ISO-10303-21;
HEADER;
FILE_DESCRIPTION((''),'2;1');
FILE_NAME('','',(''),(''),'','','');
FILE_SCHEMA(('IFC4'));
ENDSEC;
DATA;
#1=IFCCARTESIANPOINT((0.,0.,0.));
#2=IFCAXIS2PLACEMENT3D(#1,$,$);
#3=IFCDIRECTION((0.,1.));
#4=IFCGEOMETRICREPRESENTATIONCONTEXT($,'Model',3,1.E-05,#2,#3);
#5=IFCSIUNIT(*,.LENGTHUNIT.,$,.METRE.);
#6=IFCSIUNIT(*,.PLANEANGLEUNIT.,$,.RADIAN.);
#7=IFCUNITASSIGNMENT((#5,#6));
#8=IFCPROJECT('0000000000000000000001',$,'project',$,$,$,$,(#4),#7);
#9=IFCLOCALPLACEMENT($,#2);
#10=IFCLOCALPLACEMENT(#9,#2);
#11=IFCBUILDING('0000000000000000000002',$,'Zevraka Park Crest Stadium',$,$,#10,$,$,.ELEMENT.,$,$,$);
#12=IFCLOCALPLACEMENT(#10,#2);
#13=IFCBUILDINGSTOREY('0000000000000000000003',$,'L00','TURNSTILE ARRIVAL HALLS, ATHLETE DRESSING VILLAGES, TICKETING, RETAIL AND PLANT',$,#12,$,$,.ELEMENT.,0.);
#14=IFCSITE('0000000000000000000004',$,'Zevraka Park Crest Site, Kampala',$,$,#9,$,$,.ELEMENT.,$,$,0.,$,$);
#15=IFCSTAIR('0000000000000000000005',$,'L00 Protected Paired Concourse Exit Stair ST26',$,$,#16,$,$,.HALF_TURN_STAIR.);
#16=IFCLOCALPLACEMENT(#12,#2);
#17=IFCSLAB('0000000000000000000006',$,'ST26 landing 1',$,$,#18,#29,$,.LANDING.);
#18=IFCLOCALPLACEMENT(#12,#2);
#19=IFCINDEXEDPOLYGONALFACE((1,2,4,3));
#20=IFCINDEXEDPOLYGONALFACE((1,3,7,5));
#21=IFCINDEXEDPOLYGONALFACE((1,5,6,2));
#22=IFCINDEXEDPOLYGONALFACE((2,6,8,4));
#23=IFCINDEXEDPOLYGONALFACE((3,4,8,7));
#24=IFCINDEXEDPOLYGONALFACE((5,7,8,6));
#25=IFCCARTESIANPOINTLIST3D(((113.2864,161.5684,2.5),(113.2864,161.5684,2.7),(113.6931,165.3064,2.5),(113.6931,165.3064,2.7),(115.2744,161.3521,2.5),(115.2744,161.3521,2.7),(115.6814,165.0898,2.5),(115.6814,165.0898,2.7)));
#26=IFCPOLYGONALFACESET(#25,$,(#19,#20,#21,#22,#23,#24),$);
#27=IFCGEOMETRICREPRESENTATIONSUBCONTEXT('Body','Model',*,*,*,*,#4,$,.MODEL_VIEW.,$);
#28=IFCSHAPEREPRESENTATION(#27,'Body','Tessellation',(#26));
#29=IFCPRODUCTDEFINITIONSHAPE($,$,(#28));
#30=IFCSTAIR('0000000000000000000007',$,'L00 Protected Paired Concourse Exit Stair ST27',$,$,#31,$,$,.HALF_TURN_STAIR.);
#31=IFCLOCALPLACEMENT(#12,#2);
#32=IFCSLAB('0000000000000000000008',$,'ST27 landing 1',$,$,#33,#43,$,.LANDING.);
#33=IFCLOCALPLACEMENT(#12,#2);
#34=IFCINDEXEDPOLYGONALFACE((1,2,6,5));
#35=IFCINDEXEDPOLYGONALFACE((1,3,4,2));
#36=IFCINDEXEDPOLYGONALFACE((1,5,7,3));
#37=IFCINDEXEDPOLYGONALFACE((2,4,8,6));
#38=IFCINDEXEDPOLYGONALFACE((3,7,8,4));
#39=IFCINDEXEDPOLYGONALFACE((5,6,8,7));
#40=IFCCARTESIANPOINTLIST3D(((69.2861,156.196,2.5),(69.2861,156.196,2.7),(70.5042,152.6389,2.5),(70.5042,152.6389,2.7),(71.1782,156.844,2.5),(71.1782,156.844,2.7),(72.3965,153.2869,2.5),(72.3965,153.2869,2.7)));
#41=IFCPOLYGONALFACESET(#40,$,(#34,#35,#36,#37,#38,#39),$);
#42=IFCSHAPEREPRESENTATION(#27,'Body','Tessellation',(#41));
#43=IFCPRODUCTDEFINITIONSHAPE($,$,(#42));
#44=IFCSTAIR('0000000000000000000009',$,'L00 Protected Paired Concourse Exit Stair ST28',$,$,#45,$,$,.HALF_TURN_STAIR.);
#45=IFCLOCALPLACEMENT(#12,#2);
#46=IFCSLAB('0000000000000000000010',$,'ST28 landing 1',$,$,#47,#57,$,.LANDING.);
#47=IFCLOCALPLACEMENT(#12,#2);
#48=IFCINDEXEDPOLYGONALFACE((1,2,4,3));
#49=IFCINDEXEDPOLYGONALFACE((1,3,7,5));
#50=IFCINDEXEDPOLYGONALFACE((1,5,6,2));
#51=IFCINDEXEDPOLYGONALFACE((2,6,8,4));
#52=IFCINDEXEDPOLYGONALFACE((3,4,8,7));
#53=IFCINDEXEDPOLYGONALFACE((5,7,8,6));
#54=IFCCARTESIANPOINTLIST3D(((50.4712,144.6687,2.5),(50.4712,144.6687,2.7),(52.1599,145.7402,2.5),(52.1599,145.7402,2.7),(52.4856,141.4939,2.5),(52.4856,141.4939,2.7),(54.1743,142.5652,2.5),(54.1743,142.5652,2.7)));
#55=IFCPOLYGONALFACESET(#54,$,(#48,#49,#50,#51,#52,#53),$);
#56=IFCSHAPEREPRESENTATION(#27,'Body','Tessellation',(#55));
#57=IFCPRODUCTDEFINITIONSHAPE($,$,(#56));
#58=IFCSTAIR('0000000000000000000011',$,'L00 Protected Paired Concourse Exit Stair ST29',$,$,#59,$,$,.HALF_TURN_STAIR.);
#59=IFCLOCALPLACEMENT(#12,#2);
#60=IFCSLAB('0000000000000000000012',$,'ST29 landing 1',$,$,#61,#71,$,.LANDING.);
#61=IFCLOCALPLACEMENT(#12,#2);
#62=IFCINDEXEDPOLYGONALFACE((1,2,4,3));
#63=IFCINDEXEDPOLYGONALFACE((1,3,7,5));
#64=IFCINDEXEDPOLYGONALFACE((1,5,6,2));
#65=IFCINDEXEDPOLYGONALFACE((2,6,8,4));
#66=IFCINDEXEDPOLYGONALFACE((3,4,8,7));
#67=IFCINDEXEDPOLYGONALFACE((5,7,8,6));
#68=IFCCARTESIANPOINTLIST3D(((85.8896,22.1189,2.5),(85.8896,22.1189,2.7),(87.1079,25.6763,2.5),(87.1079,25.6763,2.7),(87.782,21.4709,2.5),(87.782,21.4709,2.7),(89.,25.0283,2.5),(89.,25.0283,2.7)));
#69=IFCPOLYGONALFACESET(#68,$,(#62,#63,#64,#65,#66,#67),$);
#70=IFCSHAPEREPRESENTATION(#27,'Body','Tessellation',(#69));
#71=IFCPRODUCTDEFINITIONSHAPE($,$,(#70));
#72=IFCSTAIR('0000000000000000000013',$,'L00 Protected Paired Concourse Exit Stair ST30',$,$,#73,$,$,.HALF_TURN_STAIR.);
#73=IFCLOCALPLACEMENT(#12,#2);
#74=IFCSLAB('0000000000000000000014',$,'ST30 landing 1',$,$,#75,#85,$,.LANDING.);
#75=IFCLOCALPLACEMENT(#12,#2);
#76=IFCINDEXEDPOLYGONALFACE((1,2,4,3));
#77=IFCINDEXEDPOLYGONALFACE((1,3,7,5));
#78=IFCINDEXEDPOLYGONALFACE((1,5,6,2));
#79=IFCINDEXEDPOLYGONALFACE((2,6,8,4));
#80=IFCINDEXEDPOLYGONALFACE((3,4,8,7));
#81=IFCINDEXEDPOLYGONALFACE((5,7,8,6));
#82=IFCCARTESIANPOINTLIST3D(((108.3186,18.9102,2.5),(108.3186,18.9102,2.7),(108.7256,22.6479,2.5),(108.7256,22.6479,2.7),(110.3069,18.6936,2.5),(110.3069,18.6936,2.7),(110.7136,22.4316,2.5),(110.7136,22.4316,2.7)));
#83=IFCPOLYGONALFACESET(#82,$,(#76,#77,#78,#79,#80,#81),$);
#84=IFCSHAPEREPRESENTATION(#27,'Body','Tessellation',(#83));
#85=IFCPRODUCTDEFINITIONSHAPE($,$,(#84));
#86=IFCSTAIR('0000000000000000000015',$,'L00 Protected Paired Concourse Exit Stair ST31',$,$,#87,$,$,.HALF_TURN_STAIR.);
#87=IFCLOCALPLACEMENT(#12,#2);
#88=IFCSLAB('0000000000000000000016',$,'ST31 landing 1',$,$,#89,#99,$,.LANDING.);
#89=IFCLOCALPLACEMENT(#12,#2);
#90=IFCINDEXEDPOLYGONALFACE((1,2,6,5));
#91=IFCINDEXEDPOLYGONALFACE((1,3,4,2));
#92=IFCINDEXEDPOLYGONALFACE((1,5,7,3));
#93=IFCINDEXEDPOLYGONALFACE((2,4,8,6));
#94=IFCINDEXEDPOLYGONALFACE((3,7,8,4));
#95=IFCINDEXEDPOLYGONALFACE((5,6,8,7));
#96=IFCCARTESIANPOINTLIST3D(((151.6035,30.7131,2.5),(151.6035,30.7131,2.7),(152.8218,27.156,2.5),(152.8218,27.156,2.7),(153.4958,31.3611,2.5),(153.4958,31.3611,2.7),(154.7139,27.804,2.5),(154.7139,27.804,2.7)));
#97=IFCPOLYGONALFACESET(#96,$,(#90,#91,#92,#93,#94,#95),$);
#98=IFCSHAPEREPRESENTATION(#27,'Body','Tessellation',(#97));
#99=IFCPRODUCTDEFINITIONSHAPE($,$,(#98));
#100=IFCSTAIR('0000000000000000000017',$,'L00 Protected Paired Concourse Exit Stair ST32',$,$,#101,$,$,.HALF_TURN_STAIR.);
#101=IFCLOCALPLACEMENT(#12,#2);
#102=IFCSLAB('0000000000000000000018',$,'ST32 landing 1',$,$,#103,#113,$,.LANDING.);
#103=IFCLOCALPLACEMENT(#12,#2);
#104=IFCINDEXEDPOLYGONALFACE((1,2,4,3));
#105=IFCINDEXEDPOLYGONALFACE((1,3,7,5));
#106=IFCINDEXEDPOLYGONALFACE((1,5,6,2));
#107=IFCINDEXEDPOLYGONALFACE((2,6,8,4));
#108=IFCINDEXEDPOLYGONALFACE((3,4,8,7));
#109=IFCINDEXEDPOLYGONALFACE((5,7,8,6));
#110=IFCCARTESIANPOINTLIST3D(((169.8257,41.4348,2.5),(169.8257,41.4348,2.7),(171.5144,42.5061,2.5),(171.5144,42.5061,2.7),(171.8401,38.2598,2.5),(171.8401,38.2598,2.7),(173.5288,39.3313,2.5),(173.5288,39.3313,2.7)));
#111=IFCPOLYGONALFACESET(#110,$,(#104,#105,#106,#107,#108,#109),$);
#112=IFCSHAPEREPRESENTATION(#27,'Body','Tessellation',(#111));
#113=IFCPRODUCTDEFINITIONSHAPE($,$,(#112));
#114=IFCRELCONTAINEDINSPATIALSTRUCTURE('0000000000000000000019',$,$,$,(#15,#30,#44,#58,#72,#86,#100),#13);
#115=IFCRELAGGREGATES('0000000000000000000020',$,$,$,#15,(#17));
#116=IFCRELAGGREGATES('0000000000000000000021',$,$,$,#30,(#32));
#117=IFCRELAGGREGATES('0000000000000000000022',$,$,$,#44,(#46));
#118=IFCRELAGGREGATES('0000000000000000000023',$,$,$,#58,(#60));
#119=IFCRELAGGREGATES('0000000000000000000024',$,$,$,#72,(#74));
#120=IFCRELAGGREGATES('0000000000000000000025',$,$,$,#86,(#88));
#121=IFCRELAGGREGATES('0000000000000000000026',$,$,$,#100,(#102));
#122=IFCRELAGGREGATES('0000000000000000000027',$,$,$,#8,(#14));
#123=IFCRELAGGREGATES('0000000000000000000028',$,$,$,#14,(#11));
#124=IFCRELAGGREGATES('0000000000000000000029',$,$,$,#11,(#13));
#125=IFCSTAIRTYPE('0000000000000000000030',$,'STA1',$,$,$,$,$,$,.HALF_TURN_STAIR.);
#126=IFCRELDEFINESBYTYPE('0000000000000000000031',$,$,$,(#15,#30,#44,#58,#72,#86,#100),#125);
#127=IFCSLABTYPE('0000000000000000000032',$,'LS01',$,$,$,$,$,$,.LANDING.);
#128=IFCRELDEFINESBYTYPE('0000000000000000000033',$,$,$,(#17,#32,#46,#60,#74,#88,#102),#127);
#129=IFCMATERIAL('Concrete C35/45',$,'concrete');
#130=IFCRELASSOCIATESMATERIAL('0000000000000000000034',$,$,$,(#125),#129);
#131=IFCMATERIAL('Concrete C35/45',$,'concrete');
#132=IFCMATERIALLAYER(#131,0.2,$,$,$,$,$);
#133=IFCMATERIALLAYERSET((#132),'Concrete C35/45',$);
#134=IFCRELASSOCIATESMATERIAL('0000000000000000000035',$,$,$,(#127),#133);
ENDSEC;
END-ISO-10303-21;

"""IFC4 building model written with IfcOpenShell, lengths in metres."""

from ifc_helpers import new_model, si_unit, direction, frame, origin, place, context, subcontext, project, spatial, polyline, outline, extrude, material, layer, layer_set, type_object, element, aggregate, save


model = new_model("IFC4")

# Units and contexts
model_context = context("Model", 3, precision=1e-05, world=origin(), true_north=direction((0.0, 1.0)))
body_context = subcontext(model_context, "Body", "Model", "MODEL_VIEW")
ifc_project = project(units=[si_unit("LENGTHUNIT", "METRE"), si_unit("PLANEANGLEUNIT", "RADIAN")], contexts=[model_context])

# Site, building, storey
site_placement = place(None, origin())
site = spatial("IfcSite", under=ifc_project, at=site_placement, Name="Zevraka Park Crest Site, Kampala", CompositionType="ELEMENT", RefElevation=0.0)
building_placement = place(site_placement, origin())
building = spatial("IfcBuilding", under=site, at=building_placement, Name="Zevraka Park Crest Stadium", CompositionType="ELEMENT")
storey_placement = place(building_placement, origin())
storey = spatial("IfcBuildingStorey", under=building, at=storey_placement, Name="L00", Description="TURNSTILE ARRIVAL HALLS, ATHLETE DRESSING VILLAGES, TICKETING, RETAIL AND PLANT", CompositionType="ELEMENT", Elevation=0.0)

# Stairs, slabs
ifc_material_1 = material(Name="Concrete C35/45", Category="concrete")
stair_type = type_object("IfcStairType", Name="STA1", PredefinedType="HALF_TURN_STAIR", material=ifc_material_1)
ifc_material_2 = material(Name="Concrete C35/45", Category="concrete")
ifc_layer = layer(ifc_material_2, 0.2)
ifc_layer_set = layer_set([ifc_layer], Name="Concrete C35/45")
slab_type = type_object("IfcSlabType", Name="LS01", PredefinedType="LANDING", material=ifc_layer_set)
stair_1_placement = place(storey_placement, origin())
stair_1 = element("IfcStair", 1, at=stair_1_placement, inside=storey, type_object=stair_type, Name="L00 Protected Paired Concourse Exit Stair ST26", PredefinedType="HALF_TURN_STAIR")
slab_1_placement = place(storey_placement, frame((0.0, 0.0, 2.5)))
slab_1 = element("IfcSlab", 2, at=slab_1_placement, type_object=slab_type, Name="ST26 landing 1", PredefinedType="LANDING", context=body_context, shape_type="SweptSolid", body=[
    extrude(outline(polyline([(115.6814, 165.0898), (113.6931, 165.3064), (113.2864, 161.5684), (115.2744, 161.3521), (115.6814, 165.0898)])), origin(), (0.0, 0.0, 1.0), 0.2),
])
aggregate(stair_1, [slab_1])
stair_2_placement = place(storey_placement, origin())
stair_2 = element("IfcStair", 3, at=stair_2_placement, inside=storey, type_object=stair_type, Name="L00 Protected Paired Concourse Exit Stair ST27", PredefinedType="HALF_TURN_STAIR")
slab_2_placement = place(storey_placement, frame((0.0, 0.0, 2.5)))
slab_2 = element("IfcSlab", 4, at=slab_2_placement, type_object=slab_type, Name="ST27 landing 1", PredefinedType="LANDING", context=body_context, shape_type="SweptSolid", body=[
    extrude(outline(polyline([(71.1782, 156.844), (69.2861, 156.196), (70.5042, 152.6389), (72.3965, 153.2869), (71.1782, 156.844)])), origin(), (0.0, 0.0, 1.0), 0.2),
])
aggregate(stair_2, [slab_2])
stair_3_placement = place(storey_placement, origin())
stair_3 = element("IfcStair", 5, at=stair_3_placement, inside=storey, type_object=stair_type, Name="L00 Protected Paired Concourse Exit Stair ST28", PredefinedType="HALF_TURN_STAIR")
slab_3_placement = place(storey_placement, frame((0.0, 0.0, 2.5)))
slab_3 = element("IfcSlab", 6, at=slab_3_placement, type_object=slab_type, Name="ST28 landing 1", PredefinedType="LANDING", context=body_context, shape_type="SweptSolid", body=[
    extrude(outline(polyline([(52.1599, 145.7402), (50.4712, 144.6687), (52.4856, 141.4939), (54.1743, 142.5652), (52.1599, 145.7402)])), origin(), (0.0, 0.0, 1.0), 0.2),
])
aggregate(stair_3, [slab_3])
stair_4_placement = place(storey_placement, origin())
stair_4 = element("IfcStair", 7, at=stair_4_placement, inside=storey, type_object=stair_type, Name="L00 Protected Paired Concourse Exit Stair ST29", PredefinedType="HALF_TURN_STAIR")
slab_4_placement = place(storey_placement, frame((0.0, 0.0, 2.5)))
slab_4 = element("IfcSlab", 8, at=slab_4_placement, type_object=slab_type, Name="ST29 landing 1", PredefinedType="LANDING", context=body_context, shape_type="SweptSolid", body=[
    extrude(outline(polyline([(85.8896, 22.1189), (87.782, 21.4709), (89.0, 25.0283), (87.1079, 25.6763), (85.8896, 22.1189)])), origin(), (0.0, 0.0, 1.0), 0.2),
])
aggregate(stair_4, [slab_4])
stair_5_placement = place(storey_placement, origin())
stair_5 = element("IfcStair", 9, at=stair_5_placement, inside=storey, type_object=stair_type, Name="L00 Protected Paired Concourse Exit Stair ST30", PredefinedType="HALF_TURN_STAIR")
slab_5_placement = place(storey_placement, frame((0.0, 0.0, 2.5)))
slab_5 = element("IfcSlab", 10, at=slab_5_placement, type_object=slab_type, Name="ST30 landing 1", PredefinedType="LANDING", context=body_context, shape_type="SweptSolid", body=[
    extrude(outline(polyline([(108.3186, 18.9102), (110.3069, 18.6936), (110.7136, 22.4316), (108.7256, 22.6479), (108.3186, 18.9102)])), origin(), (0.0, 0.0, 1.0), 0.2),
])
aggregate(stair_5, [slab_5])
stair_6_placement = place(storey_placement, origin())
stair_6 = element("IfcStair", 11, at=stair_6_placement, inside=storey, type_object=stair_type, Name="L00 Protected Paired Concourse Exit Stair ST31", PredefinedType="HALF_TURN_STAIR")
slab_6_placement = place(storey_placement, frame((0.0, 0.0, 2.5)))
slab_6 = element("IfcSlab", 12, at=slab_6_placement, type_object=slab_type, Name="ST31 landing 1", PredefinedType="LANDING", context=body_context, shape_type="SweptSolid", body=[
    extrude(outline(polyline([(152.8218, 27.156), (154.7139, 27.804), (153.4958, 31.3611), (151.6035, 30.7131), (152.8218, 27.156)])), origin(), (0.0, 0.0, 1.0), 0.2),
])
aggregate(stair_6, [slab_6])
stair_7_placement = place(storey_placement, origin())
stair_7 = element("IfcStair", 13, at=stair_7_placement, inside=storey, type_object=stair_type, Name="L00 Protected Paired Concourse Exit Stair ST32", PredefinedType="HALF_TURN_STAIR")
slab_7_placement = place(storey_placement, frame((0.0, 0.0, 2.5)))
slab_7 = element("IfcSlab", 14, at=slab_7_placement, type_object=slab_type, Name="ST32 landing 1", PredefinedType="LANDING", context=body_context, shape_type="SweptSolid", body=[
    extrude(outline(polyline([(171.8401, 38.2598), (173.5288, 39.3313), (171.5144, 42.5061), (169.8257, 41.4348), (171.8401, 38.2598)])), origin(), (0.0, 0.0, 1.0), 0.2),
])
aggregate(stair_7, [slab_7])

save(model, "model.ifc")
